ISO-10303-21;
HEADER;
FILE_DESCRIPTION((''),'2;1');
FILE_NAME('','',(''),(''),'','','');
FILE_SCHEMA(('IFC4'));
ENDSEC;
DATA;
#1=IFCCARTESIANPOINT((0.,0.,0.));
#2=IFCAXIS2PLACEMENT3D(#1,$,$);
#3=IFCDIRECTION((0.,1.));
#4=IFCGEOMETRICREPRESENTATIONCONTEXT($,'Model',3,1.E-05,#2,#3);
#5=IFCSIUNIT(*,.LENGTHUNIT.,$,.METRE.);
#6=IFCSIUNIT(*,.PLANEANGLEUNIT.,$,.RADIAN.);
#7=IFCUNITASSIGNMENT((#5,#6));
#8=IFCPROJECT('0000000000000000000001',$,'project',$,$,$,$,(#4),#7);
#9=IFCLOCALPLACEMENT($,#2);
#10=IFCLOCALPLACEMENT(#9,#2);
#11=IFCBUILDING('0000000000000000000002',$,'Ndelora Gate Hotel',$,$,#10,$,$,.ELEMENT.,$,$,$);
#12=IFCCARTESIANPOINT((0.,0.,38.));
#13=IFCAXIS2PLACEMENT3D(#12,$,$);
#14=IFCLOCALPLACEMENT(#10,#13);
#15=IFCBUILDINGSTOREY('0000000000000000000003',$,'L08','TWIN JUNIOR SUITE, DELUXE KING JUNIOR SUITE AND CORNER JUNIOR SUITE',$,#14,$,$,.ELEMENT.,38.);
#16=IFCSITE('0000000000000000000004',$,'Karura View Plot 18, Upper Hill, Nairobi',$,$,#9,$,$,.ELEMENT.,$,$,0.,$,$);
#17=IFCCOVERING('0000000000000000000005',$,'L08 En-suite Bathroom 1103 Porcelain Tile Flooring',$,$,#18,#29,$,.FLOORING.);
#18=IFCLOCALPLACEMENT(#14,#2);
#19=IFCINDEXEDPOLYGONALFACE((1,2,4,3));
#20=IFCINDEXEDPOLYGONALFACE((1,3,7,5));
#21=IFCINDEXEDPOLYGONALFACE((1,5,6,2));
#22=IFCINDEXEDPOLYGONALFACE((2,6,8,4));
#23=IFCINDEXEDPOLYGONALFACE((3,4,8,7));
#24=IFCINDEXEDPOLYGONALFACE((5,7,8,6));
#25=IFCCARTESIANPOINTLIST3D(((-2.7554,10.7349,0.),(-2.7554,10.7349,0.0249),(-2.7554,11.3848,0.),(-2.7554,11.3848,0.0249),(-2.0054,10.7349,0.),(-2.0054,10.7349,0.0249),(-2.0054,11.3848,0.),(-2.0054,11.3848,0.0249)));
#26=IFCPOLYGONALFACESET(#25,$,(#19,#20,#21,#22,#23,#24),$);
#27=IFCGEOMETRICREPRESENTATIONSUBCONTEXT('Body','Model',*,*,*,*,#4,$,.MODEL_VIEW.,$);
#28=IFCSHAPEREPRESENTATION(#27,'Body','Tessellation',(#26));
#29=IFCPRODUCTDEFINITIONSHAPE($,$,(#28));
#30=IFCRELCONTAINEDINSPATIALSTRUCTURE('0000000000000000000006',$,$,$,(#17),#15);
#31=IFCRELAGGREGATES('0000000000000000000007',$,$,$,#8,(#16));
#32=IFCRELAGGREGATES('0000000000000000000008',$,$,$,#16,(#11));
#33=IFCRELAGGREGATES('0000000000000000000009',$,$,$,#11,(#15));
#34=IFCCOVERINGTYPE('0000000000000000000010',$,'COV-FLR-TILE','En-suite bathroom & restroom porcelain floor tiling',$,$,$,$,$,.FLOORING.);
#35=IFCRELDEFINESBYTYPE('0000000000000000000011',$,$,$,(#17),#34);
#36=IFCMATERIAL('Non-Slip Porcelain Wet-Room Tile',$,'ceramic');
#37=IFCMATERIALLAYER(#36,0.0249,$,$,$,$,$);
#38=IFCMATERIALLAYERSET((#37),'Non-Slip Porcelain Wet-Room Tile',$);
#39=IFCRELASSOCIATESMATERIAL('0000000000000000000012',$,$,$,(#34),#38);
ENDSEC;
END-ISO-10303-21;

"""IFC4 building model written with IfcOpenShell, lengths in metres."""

from ifc_helpers import new_model, si_unit, direction, frame, origin, origin_2d, place, context, subcontext, project, spatial, rectangle, extrude, material, layer, layer_set, type_object, element, save


model = new_model("IFC4")

# Units and contexts
model_context = context("Model", 3, precision=1e-05, world=origin(), true_north=direction((0.0, 1.0)))
body_context = subcontext(model_context, "Body", "Model", "MODEL_VIEW")
ifc_project = project(units=[si_unit("LENGTHUNIT", "METRE"), si_unit("PLANEANGLEUNIT", "RADIAN")], contexts=[model_context])

# Site, building, storey
site_placement = place(None, origin())
site = spatial("IfcSite", under=ifc_project, at=site_placement, Name="Karura View Plot 18, Upper Hill, Nairobi", CompositionType="ELEMENT", RefElevation=0.0)
building_placement = place(site_placement, origin())
building = spatial("IfcBuilding", under=site, at=building_placement, Name="Ndelora Gate Hotel", CompositionType="ELEMENT")
storey_placement = place(building_placement, frame((0.0, 0.0, 38.0)))
storey = spatial("IfcBuildingStorey", under=building, at=storey_placement, Name="L08", Description="TWIN JUNIOR SUITE, DELUXE KING JUNIOR SUITE AND CORNER JUNIOR SUITE", CompositionType="ELEMENT", Elevation=38.0)

# Covering
ifc_material_1 = material(Name="Non-Slip Porcelain Wet-Room Tile", Category="ceramic")
ifc_layer_1 = layer(ifc_material_1, 0.0249)
ifc_layer_set_1 = layer_set([ifc_layer_1], Name="Non-Slip Porcelain Wet-Room Tile")
covering_type_1 = type_object("IfcCoveringType", Name="COV-FLR-TILE", Description="En-suite bathroom & restroom porcelain floor tiling", PredefinedType="FLOORING", material=ifc_layer_set_1)
covering_1_placement = place(storey_placement, frame((-2.3804, 11.0598, 0.0), z_axis=(0.0, 0.0, 1.0), x_axis=(1.0, 0.0, 0.0)))
element("IfcCovering", 1, at=covering_1_placement, inside=storey, type_object=covering_type_1, Name="L08 En-suite Bathroom 1103 Porcelain Tile Flooring", PredefinedType="FLOORING", context=body_context, shape_type="SweptSolid", body=[
    extrude(rectangle(XDim=0.75, YDim=0.6499, at=origin_2d()), origin(), (0.0, 0.0, 1.0), 0.0249),
])

save(model, "model.ifc")
